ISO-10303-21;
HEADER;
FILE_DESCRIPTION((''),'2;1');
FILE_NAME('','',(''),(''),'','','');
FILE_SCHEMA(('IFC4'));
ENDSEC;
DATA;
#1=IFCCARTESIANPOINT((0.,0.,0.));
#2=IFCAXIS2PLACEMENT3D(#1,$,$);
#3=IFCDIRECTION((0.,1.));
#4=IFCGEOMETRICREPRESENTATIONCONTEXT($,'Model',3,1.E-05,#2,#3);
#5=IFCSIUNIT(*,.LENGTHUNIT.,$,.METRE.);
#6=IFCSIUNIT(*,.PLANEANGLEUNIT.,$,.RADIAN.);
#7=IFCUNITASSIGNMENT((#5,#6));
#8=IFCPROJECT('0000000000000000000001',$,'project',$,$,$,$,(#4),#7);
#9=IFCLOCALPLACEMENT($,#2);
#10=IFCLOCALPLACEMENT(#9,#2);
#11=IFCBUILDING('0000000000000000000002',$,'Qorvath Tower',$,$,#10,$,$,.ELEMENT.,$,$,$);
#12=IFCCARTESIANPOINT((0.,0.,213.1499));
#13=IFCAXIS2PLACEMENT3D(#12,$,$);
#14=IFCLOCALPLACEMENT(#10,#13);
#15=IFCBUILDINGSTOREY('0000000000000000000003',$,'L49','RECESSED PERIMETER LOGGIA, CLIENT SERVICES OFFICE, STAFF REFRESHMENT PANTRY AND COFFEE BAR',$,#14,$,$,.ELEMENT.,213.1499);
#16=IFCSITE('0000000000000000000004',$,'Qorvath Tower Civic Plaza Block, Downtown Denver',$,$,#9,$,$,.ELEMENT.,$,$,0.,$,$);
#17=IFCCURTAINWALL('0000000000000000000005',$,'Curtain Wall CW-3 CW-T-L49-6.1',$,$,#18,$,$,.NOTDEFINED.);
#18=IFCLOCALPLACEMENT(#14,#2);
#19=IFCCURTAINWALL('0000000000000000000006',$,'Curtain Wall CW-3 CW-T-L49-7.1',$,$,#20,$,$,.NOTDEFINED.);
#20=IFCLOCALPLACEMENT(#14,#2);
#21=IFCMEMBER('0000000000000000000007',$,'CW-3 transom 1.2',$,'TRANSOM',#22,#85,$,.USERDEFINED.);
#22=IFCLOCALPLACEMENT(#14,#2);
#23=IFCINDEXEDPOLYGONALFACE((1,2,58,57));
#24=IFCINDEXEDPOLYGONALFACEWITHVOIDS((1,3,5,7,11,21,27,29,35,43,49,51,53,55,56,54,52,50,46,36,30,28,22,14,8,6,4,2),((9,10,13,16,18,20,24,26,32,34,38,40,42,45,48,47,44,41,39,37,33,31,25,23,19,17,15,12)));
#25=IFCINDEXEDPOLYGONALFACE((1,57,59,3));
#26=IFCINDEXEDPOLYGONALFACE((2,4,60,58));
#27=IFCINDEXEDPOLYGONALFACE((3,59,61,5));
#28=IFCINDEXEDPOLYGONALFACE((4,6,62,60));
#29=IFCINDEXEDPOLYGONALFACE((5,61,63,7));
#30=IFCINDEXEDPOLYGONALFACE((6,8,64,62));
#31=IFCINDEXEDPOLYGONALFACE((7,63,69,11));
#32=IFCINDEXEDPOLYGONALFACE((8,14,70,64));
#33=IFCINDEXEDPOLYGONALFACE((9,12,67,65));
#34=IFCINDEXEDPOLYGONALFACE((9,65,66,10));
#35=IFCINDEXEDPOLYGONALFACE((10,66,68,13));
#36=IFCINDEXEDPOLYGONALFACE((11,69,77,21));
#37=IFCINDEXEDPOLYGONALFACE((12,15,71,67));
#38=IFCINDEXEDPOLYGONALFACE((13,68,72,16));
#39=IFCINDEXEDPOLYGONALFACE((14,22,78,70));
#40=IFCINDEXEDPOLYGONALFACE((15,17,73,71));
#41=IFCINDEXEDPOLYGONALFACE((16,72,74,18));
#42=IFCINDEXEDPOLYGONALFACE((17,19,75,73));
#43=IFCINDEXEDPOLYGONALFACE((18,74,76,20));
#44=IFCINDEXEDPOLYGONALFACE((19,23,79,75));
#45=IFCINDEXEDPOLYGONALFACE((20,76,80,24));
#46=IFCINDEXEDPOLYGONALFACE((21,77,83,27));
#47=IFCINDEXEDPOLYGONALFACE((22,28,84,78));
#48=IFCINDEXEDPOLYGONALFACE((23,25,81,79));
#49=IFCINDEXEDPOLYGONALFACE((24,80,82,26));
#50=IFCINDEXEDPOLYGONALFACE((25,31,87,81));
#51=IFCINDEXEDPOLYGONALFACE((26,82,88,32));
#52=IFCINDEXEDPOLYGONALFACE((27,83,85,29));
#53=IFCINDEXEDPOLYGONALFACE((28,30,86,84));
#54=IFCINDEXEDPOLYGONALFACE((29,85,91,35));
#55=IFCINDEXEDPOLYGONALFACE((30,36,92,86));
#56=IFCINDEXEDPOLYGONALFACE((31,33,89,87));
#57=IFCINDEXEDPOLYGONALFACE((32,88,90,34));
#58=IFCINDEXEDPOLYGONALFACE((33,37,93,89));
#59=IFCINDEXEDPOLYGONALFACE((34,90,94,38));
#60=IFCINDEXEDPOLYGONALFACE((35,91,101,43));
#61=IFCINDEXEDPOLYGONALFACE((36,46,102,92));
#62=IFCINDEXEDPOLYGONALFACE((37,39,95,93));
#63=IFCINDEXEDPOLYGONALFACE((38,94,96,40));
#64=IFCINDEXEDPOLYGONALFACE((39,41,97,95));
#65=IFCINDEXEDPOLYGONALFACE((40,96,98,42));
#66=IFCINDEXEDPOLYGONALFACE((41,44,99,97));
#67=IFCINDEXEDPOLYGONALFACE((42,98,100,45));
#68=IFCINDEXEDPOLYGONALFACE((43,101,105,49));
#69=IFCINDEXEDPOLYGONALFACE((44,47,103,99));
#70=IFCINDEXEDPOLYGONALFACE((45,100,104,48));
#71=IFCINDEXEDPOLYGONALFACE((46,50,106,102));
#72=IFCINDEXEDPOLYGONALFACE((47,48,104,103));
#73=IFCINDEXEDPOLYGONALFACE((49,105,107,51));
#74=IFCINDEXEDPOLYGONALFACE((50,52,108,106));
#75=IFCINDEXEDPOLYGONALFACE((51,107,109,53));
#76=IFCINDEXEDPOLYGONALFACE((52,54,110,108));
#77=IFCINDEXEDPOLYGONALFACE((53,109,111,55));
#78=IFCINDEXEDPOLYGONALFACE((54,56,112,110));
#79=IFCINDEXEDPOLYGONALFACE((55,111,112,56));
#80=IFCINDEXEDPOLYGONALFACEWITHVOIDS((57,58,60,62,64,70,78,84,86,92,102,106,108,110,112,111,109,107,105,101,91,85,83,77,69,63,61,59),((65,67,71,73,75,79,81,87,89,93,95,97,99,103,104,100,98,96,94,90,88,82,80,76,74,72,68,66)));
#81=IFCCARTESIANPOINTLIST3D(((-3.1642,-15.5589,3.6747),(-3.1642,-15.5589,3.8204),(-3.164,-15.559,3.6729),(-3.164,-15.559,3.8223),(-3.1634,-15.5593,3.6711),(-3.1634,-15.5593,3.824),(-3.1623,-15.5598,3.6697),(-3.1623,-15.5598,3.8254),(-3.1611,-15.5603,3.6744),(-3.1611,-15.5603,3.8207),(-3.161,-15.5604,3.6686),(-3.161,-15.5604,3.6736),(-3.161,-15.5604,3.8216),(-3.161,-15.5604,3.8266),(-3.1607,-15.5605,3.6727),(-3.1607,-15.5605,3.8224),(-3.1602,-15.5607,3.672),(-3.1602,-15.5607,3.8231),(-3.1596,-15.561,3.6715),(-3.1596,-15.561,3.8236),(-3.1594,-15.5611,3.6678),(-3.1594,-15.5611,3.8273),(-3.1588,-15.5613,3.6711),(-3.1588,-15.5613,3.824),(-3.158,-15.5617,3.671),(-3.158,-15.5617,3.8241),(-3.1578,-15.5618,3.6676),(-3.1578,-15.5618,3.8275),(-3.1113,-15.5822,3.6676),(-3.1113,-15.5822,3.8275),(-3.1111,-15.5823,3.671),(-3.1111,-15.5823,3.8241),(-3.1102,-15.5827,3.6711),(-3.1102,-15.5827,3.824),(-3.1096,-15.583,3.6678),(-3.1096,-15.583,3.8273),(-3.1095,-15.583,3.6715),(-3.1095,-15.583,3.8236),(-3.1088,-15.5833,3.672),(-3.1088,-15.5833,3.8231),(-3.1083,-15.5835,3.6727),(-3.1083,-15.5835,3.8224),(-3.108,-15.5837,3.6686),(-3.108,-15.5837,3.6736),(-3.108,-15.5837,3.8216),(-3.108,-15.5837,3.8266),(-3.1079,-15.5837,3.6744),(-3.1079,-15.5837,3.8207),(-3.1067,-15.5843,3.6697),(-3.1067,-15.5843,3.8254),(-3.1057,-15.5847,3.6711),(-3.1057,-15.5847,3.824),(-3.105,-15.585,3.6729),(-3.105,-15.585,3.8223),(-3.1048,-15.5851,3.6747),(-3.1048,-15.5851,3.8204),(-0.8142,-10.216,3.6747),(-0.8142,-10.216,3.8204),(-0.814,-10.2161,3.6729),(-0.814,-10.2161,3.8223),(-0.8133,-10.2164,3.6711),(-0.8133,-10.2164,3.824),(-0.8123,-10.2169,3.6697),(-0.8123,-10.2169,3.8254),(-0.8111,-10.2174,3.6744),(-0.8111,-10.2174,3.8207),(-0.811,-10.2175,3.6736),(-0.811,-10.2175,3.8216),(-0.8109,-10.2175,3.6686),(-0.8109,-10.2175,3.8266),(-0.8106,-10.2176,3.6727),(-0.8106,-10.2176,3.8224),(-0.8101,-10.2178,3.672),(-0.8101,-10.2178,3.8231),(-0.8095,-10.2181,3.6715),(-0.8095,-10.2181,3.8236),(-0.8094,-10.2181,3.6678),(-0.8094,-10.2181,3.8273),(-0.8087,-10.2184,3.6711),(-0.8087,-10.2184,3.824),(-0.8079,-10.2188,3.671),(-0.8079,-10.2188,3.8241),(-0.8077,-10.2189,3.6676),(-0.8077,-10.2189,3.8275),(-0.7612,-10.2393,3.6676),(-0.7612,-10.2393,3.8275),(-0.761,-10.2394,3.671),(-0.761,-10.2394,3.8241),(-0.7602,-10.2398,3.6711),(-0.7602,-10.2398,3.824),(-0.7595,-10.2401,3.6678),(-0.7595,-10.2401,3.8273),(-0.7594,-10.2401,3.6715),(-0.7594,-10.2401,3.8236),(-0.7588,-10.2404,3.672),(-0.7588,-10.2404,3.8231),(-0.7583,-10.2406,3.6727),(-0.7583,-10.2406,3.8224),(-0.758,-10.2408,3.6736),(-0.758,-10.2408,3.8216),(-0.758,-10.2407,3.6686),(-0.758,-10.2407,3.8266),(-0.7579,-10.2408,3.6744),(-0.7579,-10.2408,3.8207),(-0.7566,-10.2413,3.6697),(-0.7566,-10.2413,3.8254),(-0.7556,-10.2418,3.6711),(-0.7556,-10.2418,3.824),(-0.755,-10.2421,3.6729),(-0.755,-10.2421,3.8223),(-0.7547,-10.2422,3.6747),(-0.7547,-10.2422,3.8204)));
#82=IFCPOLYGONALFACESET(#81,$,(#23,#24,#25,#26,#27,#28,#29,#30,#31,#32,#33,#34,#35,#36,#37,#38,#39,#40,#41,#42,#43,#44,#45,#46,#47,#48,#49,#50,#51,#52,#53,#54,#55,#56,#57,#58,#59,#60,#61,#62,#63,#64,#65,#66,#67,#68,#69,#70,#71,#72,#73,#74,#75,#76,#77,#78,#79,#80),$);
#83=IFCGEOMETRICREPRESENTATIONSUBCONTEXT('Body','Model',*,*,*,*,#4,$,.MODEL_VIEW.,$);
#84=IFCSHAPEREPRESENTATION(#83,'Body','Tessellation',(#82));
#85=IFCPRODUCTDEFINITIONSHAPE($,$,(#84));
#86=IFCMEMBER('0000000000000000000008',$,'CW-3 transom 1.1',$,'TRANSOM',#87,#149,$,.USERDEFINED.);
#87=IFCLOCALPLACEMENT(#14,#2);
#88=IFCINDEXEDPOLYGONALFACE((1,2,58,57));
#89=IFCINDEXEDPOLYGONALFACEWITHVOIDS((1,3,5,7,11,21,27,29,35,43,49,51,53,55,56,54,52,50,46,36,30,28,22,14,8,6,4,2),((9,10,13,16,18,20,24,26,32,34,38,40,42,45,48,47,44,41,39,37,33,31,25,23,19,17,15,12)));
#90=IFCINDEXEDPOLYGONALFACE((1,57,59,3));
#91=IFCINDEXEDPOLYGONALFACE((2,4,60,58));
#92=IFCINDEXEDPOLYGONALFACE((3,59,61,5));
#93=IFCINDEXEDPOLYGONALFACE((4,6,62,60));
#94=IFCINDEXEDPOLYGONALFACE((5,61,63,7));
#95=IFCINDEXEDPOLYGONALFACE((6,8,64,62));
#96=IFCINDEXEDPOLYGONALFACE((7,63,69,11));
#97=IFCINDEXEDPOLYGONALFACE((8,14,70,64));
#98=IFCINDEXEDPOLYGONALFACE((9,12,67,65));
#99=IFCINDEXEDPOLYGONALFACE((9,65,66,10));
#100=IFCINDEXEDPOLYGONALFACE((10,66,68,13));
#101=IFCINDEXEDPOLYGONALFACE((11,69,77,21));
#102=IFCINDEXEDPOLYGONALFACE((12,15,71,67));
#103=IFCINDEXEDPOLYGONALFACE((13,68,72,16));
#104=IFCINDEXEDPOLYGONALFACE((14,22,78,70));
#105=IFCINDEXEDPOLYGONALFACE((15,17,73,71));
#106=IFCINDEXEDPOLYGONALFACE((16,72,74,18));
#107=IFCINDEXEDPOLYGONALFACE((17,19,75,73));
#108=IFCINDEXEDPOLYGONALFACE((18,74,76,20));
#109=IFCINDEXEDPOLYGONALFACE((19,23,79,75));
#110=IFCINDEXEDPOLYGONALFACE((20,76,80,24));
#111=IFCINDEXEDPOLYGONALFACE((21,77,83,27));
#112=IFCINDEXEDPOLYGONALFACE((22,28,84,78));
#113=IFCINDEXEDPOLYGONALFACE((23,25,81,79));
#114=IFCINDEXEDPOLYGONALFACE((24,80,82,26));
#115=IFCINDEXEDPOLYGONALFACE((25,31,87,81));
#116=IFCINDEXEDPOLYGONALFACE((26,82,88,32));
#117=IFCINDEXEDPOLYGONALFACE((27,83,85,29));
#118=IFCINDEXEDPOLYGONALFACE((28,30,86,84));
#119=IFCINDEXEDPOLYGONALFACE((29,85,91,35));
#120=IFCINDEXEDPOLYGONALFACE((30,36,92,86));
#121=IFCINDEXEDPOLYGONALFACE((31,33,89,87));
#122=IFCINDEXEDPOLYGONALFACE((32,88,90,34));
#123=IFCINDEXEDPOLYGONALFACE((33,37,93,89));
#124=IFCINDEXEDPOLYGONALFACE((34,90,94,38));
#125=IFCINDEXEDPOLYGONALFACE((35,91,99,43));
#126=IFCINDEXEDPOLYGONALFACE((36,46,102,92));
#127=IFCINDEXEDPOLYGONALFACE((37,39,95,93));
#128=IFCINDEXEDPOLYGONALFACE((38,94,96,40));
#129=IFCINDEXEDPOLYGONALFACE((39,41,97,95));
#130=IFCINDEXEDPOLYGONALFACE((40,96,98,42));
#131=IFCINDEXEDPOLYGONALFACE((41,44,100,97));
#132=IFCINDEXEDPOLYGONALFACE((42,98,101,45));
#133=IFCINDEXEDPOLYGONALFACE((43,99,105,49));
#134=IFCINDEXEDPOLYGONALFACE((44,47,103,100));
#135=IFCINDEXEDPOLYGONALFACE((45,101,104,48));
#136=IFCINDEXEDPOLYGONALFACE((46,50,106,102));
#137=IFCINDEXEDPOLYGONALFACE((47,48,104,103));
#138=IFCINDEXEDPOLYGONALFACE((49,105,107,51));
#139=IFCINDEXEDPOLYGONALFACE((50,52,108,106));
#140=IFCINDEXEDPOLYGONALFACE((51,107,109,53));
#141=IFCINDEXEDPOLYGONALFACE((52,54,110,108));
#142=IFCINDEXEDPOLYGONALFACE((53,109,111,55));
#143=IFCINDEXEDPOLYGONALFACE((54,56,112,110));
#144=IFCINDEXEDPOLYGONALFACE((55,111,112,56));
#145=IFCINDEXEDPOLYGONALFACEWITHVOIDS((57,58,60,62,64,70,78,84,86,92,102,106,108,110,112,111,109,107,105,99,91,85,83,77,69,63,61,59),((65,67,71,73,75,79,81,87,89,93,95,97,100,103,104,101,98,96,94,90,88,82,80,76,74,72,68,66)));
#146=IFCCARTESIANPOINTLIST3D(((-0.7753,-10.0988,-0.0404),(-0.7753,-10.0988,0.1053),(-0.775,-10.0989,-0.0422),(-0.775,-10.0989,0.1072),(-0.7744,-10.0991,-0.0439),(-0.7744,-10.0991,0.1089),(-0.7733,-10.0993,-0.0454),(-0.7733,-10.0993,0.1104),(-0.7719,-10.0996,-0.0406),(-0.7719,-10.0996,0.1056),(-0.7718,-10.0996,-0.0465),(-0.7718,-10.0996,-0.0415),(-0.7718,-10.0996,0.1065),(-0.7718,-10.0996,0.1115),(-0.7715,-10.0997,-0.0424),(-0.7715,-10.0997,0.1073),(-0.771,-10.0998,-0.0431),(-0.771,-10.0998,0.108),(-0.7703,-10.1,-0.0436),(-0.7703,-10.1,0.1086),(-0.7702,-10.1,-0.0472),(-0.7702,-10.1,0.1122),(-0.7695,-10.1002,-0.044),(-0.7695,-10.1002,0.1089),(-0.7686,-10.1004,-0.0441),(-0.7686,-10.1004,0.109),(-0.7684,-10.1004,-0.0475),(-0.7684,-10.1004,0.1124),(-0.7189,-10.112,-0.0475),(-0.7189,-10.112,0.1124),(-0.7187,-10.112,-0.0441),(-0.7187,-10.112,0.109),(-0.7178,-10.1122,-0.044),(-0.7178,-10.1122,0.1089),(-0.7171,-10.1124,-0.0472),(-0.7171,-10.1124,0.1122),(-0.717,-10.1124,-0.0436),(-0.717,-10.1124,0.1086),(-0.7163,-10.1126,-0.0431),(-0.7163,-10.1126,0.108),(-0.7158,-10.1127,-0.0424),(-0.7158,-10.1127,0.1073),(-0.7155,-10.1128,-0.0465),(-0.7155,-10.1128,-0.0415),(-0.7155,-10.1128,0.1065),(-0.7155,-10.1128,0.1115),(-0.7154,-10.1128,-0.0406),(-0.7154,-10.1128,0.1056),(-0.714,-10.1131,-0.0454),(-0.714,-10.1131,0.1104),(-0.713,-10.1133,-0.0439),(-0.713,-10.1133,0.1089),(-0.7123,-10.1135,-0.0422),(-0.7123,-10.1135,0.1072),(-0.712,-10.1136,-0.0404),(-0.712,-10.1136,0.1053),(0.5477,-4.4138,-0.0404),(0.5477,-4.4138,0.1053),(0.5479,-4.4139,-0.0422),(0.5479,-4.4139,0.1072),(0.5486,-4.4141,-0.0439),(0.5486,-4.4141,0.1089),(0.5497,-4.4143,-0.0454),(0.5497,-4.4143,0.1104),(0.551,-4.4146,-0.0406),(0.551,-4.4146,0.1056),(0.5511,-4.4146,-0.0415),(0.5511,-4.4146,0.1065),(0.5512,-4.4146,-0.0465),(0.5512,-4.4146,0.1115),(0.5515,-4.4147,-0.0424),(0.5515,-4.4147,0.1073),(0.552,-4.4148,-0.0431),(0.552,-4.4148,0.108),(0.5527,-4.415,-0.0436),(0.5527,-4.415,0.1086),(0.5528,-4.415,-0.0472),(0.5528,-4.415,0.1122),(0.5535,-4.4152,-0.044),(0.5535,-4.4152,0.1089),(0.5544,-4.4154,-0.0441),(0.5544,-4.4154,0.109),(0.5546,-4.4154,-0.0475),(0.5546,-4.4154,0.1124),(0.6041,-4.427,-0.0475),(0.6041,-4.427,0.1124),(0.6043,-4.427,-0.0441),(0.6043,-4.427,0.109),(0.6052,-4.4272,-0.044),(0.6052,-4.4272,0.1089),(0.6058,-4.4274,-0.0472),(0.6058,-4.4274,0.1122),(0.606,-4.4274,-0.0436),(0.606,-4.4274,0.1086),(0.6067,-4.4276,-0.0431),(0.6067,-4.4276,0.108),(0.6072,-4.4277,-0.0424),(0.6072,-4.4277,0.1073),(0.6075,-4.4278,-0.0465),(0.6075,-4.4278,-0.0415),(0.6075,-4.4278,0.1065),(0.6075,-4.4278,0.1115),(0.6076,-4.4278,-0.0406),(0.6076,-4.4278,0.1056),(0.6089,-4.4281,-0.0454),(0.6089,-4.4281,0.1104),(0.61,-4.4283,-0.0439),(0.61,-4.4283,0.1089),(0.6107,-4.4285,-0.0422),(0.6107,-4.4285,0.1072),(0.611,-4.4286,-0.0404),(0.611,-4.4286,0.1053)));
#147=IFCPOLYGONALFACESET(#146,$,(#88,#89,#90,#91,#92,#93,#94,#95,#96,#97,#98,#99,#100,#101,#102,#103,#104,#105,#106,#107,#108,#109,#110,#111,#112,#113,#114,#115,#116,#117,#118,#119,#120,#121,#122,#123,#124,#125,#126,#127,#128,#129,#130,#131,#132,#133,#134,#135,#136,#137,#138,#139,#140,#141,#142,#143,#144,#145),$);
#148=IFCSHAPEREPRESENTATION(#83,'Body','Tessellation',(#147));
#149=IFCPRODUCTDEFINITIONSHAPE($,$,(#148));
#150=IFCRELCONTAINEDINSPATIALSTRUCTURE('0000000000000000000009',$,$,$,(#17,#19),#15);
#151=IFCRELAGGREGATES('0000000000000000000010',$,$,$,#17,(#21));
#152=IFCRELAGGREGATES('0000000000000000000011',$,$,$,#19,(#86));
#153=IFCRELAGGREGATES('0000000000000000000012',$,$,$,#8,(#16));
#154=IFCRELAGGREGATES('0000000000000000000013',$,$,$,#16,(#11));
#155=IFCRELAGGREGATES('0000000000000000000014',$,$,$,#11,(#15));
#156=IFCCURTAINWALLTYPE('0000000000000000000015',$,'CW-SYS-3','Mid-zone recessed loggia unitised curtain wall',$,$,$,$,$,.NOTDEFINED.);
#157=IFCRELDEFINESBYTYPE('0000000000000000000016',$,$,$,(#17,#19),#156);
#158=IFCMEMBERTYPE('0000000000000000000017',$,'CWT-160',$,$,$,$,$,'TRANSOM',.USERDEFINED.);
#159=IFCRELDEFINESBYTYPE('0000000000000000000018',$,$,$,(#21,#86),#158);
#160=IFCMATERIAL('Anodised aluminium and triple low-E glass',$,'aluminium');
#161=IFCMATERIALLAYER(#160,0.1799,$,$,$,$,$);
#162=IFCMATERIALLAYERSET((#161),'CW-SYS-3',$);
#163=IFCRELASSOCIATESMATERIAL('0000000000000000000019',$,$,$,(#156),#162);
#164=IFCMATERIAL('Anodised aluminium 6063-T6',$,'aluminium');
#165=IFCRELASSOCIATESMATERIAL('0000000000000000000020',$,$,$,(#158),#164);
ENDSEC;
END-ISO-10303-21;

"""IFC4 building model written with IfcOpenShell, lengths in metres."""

from ifc_helpers import new_model, si_unit, direction, frame, origin, origin_2d, place, context, subcontext, project, spatial, hollow_rectangle, extrude, material, layer, layer_set, material_profile, profile_set, type_object, element, aggregate, save


model = new_model("IFC4")

# Units and contexts
model_context = context("Model", 3, precision=1e-05, world=origin(), true_north=direction((0.0, 1.0)))
body_context = subcontext(model_context, "Body", "Model", "MODEL_VIEW")
ifc_project = project(units=[si_unit("LENGTHUNIT", "METRE"), si_unit("PLANEANGLEUNIT", "RADIAN")], contexts=[model_context])

# Site, building, storey
site_placement = place(None, origin())
site = spatial("IfcSite", under=ifc_project, at=site_placement, Name="Qorvath Tower Civic Plaza Block, Downtown Denver", CompositionType="ELEMENT", RefElevation=0.0)
building_placement = place(site_placement, origin())
building = spatial("IfcBuilding", under=site, at=building_placement, Name="Qorvath Tower", CompositionType="ELEMENT")
storey_placement = place(building_placement, frame((0.0, 0.0, 213.1499)))
storey = spatial("IfcBuildingStorey", under=building, at=storey_placement, Name="L49", Description="RECESSED PERIMETER LOGGIA, CLIENT SERVICES OFFICE, STAFF REFRESHMENT PANTRY AND COFFEE BAR", CompositionType="ELEMENT", Elevation=213.1499)

# Curtain wall
ifc_material_1 = material(Name="Anodised aluminium and triple low-E glass", Category="aluminium")
ifc_layer_1 = layer(ifc_material_1, 0.1799)
ifc_layer_set_1 = layer_set([ifc_layer_1], Name="CW-SYS-3")
curtain_wall_type = type_object("IfcCurtainWallType", Name="CW-SYS-3", Description="Mid-zone recessed loggia unitised curtain wall", PredefinedType="NOTDEFINED", material=ifc_layer_set_1)
curtain_wall_1_placement = place(storey_placement, origin())
curtain_wall_1 = element("IfcCurtainWall", 1, at=curtain_wall_1_placement, inside=storey, type_object=curtain_wall_type, Name="Curtain Wall CW-3 CW-T-L49-6.1", PredefinedType="NOTDEFINED")

# Curtain wall
curtain_wall_2_placement = place(storey_placement, origin())
curtain_wall_2 = element("IfcCurtainWall", 2, at=curtain_wall_2_placement, inside=storey, type_object=curtain_wall_type, Name="Curtain Wall CW-3 CW-T-L49-7.1", PredefinedType="NOTDEFINED")

# Members
ifc_material_2 = material(Name="Anodised aluminium 6063-T6", Category="aluminium")
ifc_material_profile_1 = material_profile(ifc_material_2, hollow_rectangle(XDim=0.0649, YDim=0.1599, WallThickness=0.0034, InnerFilletRadius=0.0034, OuterFilletRadius=0.0071, at=origin_2d()), Name="CWT 160x65")
ifc_profile_set_1 = profile_set([ifc_material_profile_1], Name="Anodised aluminium 6063-T6")
member_type_1 = type_object("IfcMemberType", Name="CWT-160", ElementType="TRANSOM", PredefinedType="USERDEFINED", material=ifc_profile_set_1)
member_1_placement = place(storey_placement, frame((-3.1345, -15.572, 3.7476), z_axis=(0.402619, 0.915367, 0.0), x_axis=(-0.915367, 0.402619, 0.0)))
member_1 = element("IfcMember", 3, at=member_1_placement, type_object=member_type_1, Name="CW-3 transom 1.2", ObjectType="TRANSOM", PredefinedType="USERDEFINED", context=body_context, shape_type="SweptSolid", body=[
    extrude(hollow_rectangle(XDim=0.0649, YDim=0.1599, WallThickness=0.0034, InnerFilletRadius=0.0034, OuterFilletRadius=0.0071, at=origin_2d()), origin(), (0.0, 0.0, 1.0), 5.8369),
])
member_2_placement = place(storey_placement, frame((-0.7437, -10.1062, 0.0325), z_axis=(0.226658, 0.973974, 0.0), x_axis=(-0.973974, 0.226658, 0.0)))
member_2 = element("IfcMember", 4, at=member_2_placement, type_object=member_type_1, Name="CW-3 transom 1.1", ObjectType="TRANSOM", PredefinedType="USERDEFINED", context=body_context, shape_type="SweptSolid", body=[
    extrude(hollow_rectangle(XDim=0.0649, YDim=0.1599, WallThickness=0.0034, InnerFilletRadius=0.0034, OuterFilletRadius=0.0071, at=origin_2d()), origin(), (0.0, 0.0, 1.0), 5.8369),
])

aggregate(curtain_wall_1, [member_1])
aggregate(curtain_wall_2, [member_2])

save(model, "model.ifc")
